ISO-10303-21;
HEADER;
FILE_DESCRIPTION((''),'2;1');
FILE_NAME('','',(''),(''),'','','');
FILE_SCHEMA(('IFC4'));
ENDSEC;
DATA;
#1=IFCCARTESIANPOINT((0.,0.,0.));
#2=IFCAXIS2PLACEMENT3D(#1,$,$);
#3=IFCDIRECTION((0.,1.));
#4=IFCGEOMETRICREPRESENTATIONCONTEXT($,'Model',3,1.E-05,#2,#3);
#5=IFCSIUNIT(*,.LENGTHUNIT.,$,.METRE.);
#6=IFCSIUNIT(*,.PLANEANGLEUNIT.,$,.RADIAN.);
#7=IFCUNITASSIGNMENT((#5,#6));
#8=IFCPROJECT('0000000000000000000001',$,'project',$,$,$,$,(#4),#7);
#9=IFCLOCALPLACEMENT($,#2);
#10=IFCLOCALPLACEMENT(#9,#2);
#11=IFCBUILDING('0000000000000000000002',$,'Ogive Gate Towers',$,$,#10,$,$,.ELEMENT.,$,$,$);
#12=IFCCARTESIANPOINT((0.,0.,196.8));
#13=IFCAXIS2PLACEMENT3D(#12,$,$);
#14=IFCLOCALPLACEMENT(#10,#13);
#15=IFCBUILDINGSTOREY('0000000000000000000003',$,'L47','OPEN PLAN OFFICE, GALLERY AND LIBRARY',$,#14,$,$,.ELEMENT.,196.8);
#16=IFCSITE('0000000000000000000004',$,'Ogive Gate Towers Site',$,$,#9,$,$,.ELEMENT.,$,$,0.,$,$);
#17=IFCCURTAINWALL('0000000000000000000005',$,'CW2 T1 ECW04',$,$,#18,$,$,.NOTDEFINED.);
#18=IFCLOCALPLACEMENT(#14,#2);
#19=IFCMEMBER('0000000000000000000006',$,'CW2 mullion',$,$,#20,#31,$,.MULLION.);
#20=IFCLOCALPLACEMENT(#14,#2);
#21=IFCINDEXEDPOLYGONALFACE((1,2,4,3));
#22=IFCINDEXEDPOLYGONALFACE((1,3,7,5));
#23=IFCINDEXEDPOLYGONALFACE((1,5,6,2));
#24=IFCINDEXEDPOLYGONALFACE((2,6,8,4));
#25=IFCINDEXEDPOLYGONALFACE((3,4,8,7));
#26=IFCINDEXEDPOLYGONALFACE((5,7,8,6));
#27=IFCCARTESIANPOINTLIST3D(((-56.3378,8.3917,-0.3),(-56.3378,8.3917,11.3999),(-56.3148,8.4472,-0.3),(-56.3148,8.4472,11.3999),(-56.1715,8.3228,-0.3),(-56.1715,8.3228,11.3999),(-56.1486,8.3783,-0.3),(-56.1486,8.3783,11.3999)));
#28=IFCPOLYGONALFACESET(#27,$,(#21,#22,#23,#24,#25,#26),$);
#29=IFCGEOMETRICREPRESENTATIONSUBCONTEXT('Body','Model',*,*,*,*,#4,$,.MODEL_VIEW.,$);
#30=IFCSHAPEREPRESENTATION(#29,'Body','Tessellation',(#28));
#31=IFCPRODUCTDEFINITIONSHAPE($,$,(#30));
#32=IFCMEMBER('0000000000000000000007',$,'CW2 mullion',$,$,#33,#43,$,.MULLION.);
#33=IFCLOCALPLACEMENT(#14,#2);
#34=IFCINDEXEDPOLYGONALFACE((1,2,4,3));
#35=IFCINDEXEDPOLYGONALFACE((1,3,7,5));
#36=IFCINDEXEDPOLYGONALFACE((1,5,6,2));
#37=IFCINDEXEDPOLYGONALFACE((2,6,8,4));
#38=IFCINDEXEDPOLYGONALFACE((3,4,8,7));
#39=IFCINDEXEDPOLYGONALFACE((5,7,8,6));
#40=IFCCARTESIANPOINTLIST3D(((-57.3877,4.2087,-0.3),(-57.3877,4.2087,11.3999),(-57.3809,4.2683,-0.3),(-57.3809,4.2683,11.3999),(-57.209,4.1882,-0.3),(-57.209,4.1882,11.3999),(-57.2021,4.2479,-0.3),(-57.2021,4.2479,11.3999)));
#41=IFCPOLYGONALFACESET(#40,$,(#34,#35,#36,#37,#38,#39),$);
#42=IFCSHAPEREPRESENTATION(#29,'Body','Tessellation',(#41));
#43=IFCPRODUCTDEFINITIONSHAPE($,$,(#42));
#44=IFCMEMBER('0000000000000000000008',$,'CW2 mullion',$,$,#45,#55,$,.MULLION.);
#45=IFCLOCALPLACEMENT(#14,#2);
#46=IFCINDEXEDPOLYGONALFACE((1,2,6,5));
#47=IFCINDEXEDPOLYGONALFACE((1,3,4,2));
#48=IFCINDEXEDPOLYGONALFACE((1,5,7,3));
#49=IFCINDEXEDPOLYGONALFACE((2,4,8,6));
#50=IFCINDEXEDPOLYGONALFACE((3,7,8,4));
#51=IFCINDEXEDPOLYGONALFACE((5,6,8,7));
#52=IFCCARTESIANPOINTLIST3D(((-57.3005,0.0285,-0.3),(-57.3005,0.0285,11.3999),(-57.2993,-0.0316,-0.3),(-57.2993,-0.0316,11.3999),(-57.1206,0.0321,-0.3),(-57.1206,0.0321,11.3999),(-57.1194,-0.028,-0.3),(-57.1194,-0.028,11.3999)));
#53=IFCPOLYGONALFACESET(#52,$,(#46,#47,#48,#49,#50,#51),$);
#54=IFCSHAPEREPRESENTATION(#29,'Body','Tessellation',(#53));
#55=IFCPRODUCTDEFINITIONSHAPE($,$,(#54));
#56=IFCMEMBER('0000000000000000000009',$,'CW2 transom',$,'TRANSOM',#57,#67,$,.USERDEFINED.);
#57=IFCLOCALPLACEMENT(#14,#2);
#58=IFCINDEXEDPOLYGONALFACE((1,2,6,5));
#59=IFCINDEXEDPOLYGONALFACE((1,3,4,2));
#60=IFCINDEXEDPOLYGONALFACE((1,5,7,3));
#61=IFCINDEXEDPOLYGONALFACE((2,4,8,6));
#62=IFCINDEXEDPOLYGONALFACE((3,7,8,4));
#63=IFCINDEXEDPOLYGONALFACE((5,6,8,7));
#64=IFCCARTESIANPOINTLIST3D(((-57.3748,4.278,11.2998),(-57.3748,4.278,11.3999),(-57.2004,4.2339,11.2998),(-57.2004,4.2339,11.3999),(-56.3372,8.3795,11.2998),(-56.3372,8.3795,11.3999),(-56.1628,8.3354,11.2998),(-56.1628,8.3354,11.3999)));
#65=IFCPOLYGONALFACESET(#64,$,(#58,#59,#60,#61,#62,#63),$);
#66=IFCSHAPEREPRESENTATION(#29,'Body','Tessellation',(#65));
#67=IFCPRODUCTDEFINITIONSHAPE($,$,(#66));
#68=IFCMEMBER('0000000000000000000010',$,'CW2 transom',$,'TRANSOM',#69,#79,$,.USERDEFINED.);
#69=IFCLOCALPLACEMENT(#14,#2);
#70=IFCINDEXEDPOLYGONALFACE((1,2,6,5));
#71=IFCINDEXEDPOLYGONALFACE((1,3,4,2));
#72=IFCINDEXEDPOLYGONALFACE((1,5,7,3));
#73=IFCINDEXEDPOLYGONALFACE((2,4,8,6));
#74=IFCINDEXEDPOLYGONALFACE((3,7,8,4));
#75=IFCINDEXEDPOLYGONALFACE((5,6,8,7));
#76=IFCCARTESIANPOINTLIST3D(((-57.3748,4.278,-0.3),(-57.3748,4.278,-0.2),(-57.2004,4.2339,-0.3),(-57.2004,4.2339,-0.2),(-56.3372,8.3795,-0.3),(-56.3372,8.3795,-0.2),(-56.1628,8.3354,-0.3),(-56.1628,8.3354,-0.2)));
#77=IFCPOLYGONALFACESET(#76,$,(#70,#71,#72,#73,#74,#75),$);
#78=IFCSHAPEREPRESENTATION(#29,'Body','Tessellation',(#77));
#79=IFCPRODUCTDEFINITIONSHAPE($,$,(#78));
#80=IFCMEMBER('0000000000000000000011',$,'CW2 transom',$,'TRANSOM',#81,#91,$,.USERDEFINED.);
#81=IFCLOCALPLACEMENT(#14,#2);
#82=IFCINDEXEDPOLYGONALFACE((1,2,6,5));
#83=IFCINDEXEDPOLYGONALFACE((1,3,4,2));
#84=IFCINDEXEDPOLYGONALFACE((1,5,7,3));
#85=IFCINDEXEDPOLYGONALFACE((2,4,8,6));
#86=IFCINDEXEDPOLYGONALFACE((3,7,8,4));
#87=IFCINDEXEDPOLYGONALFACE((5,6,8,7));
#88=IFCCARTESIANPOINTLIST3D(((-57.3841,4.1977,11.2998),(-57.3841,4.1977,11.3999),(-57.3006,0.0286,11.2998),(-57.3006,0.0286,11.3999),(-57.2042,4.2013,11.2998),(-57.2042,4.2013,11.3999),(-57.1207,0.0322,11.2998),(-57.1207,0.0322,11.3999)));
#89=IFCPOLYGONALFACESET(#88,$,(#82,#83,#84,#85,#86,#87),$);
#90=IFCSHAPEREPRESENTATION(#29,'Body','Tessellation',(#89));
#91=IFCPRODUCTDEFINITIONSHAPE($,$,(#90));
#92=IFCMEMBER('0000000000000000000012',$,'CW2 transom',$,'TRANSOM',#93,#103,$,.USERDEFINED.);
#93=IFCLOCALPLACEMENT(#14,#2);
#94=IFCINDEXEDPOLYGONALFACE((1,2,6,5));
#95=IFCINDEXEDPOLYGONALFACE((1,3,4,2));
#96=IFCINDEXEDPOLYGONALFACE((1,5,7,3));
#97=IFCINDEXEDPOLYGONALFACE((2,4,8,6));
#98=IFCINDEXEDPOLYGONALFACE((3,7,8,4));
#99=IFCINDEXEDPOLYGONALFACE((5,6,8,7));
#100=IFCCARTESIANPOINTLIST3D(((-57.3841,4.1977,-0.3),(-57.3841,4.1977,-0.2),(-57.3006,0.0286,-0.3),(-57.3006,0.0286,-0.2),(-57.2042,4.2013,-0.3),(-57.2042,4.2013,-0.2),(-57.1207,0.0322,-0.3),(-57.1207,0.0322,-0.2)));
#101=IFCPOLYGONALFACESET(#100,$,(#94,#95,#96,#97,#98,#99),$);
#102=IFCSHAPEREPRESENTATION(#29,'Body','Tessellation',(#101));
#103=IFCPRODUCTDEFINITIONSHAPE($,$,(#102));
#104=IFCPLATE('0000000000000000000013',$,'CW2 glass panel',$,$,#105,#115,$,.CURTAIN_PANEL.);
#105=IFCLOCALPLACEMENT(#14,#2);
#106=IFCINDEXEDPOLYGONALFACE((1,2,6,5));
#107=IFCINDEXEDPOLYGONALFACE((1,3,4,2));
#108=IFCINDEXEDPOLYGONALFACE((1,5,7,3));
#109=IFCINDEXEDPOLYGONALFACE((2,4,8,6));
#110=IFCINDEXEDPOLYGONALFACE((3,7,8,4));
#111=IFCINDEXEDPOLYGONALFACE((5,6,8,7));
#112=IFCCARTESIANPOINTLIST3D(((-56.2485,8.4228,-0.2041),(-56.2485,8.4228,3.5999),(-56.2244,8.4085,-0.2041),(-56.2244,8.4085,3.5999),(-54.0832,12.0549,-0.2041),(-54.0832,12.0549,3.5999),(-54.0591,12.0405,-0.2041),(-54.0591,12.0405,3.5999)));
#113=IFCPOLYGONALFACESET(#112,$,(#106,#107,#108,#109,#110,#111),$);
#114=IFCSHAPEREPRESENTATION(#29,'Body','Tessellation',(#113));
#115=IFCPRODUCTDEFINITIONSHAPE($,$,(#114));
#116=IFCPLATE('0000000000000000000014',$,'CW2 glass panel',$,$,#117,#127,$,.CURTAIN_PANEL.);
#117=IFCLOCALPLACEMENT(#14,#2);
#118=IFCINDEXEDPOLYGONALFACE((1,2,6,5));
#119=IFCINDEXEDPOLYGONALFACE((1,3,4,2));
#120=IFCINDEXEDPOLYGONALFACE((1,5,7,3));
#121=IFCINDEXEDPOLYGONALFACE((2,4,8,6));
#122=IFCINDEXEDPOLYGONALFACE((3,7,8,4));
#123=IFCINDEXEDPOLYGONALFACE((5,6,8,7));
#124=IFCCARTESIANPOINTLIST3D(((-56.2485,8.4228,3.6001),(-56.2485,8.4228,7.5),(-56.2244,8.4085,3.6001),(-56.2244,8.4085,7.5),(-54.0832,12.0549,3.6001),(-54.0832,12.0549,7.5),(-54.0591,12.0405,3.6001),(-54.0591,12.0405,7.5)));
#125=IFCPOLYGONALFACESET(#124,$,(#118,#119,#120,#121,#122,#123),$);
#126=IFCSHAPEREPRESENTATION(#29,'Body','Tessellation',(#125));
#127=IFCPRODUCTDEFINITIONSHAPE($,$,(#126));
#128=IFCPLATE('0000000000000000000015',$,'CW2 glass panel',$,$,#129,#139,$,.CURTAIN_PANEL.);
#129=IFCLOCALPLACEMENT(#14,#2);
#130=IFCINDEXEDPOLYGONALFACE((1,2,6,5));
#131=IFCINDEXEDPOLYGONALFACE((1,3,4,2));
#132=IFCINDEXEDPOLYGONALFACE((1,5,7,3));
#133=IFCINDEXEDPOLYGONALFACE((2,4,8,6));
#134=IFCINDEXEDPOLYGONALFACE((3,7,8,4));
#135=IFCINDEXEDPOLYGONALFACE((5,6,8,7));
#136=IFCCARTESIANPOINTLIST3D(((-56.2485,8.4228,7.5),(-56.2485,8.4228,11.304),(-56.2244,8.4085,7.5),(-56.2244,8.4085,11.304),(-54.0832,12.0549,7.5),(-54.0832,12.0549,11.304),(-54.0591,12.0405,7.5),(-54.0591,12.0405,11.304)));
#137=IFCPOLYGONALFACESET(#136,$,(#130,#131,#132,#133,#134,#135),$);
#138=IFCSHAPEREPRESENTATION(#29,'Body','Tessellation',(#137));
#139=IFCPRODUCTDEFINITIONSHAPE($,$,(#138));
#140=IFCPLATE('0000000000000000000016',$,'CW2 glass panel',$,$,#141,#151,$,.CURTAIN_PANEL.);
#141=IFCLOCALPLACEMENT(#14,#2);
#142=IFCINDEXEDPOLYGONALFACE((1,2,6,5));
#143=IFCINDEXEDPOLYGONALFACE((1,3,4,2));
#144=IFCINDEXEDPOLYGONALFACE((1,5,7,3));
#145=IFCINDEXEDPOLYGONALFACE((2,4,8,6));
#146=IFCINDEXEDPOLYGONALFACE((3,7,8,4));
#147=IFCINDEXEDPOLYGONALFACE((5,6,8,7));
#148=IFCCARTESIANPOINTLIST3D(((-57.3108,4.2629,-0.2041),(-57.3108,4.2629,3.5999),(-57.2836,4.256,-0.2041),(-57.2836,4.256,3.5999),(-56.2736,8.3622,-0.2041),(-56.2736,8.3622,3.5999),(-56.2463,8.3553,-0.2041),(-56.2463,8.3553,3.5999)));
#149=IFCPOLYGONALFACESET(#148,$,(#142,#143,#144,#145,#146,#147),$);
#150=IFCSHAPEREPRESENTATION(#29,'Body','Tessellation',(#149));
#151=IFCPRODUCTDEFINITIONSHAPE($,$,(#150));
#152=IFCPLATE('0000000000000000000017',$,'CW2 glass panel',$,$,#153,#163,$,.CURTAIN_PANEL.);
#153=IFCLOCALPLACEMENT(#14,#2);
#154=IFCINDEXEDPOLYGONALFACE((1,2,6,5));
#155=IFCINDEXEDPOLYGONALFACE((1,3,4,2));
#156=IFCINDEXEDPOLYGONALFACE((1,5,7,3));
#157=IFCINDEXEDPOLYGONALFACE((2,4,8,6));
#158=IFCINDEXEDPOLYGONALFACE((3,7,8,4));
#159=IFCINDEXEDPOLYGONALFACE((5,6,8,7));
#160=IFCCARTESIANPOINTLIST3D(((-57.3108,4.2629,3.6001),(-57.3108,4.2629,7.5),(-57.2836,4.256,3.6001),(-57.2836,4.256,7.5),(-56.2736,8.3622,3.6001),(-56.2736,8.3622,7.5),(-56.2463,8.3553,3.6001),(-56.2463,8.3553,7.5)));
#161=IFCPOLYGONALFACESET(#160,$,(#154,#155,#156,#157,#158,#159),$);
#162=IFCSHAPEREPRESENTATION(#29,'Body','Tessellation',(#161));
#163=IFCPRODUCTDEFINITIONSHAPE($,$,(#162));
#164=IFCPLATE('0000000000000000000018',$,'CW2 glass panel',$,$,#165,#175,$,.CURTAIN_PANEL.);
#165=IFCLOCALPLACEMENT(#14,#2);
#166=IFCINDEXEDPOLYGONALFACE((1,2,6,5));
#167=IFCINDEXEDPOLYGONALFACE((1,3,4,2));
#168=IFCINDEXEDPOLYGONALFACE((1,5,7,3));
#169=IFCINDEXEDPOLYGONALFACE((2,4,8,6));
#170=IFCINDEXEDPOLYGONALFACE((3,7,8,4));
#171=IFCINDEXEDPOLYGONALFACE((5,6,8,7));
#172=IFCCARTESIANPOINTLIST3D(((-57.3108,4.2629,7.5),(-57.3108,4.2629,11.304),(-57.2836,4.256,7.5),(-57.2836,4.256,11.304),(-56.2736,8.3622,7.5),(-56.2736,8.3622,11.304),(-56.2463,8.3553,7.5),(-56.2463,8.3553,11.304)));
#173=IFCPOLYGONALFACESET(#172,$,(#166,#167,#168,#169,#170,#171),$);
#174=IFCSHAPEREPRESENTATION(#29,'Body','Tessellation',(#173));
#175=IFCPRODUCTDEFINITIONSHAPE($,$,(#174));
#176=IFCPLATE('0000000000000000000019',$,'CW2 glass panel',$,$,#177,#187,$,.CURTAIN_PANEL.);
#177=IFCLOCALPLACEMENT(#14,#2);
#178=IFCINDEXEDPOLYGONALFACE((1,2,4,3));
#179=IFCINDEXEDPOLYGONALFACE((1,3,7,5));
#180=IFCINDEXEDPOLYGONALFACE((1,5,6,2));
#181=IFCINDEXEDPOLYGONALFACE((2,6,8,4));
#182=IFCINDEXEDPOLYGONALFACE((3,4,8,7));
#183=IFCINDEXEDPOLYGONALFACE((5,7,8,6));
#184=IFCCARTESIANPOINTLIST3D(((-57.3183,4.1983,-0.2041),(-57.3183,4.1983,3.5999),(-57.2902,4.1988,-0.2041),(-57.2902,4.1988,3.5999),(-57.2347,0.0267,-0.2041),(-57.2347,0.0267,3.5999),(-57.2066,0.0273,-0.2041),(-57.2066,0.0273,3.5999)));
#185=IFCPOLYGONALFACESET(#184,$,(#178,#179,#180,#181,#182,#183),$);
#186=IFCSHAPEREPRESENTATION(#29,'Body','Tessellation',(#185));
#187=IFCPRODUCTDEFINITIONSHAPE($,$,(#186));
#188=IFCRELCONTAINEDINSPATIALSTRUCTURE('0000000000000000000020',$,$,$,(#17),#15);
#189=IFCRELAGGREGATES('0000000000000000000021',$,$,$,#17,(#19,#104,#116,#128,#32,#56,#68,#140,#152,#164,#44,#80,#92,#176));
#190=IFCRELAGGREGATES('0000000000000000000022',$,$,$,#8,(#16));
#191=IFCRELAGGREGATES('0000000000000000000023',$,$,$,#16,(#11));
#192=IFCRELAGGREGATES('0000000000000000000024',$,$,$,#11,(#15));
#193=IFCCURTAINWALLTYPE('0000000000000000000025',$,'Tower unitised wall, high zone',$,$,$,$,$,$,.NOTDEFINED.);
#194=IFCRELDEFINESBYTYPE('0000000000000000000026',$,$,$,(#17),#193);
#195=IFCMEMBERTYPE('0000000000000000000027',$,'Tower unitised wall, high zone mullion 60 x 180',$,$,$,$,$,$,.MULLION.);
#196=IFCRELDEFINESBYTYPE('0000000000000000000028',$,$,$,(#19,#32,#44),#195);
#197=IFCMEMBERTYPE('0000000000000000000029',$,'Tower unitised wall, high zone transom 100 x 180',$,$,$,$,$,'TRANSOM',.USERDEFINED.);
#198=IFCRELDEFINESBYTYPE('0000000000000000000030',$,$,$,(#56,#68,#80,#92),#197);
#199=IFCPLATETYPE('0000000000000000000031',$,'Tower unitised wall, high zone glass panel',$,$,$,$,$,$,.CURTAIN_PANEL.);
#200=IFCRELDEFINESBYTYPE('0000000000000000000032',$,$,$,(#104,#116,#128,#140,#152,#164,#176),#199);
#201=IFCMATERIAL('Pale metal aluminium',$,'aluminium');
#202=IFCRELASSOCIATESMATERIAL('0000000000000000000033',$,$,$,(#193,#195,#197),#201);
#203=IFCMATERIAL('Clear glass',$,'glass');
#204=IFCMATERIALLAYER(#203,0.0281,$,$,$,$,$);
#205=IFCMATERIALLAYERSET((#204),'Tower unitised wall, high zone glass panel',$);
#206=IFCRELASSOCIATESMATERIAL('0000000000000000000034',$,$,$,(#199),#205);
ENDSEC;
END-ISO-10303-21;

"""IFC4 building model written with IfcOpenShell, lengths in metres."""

from ifc_helpers import new_model, si_unit, direction, frame, origin, origin_2d, place, context, subcontext, project, spatial, rectangle, extrude, material, layer, layer_set, material_profile, profile_set, type_object, element, aggregate, save


model = new_model("IFC4")

# Units and contexts
model_context = context("Model", 3, precision=1e-05, world=origin(), true_north=direction((0.0, 1.0)))
body_context = subcontext(model_context, "Body", "Model", "MODEL_VIEW")
ifc_project = project(units=[si_unit("LENGTHUNIT", "METRE"), si_unit("PLANEANGLEUNIT", "RADIAN")], contexts=[model_context])

# Site, building, storey
site_placement = place(None, origin())
site = spatial("IfcSite", under=ifc_project, at=site_placement, Name="Ogive Gate Towers Site", CompositionType="ELEMENT", RefElevation=0.0)
building_placement = place(site_placement, origin())
building = spatial("IfcBuilding", under=site, at=building_placement, Name="Ogive Gate Towers", CompositionType="ELEMENT")
storey_placement = place(building_placement, frame((0.0, 0.0, 196.8)))
storey = spatial("IfcBuildingStorey", under=building, at=storey_placement, Name="L47", Description="OPEN PLAN OFFICE, GALLERY AND LIBRARY", CompositionType="ELEMENT", Elevation=196.8)

# Curtain wall, members, plates
ifc_material_1 = material(Name="Pale metal aluminium", Category="aluminium")
curtain_wall_type = type_object("IfcCurtainWallType", Name="Tower unitised wall, high zone", PredefinedType="NOTDEFINED", material=ifc_material_1)
curtain_wall_placement = place(storey_placement, origin())
curtain_wall = element("IfcCurtainWall", 1, at=curtain_wall_placement, inside=storey, type_object=curtain_wall_type, Name="CW2 T1 ECW04", PredefinedType="NOTDEFINED")
ifc_material_profile_1 = material_profile(ifc_material_1, rectangle(XDim=0.1799, YDim=0.0601, at=origin_2d()), Name="60 x 180 aluminium box")
ifc_profile_set_1 = profile_set([ifc_material_profile_1], Name="Pale metal aluminium")
member_type_1 = type_object("IfcMemberType", Name="Tower unitised wall, high zone mullion 60 x 180", PredefinedType="MULLION", material=ifc_profile_set_1)
member_1_placement = place(storey_placement, frame((-56.2432, 8.385, -0.3), z_axis=(0.0, 0.0, 1.0), x_axis=(-0.92388, 0.382683, 0.0)))
member_1 = element("IfcMember", 2, at=member_1_placement, type_object=member_type_1, Name="CW2 mullion", PredefinedType="MULLION", context=body_context, shape_type="SweptSolid", body=[
    extrude(rectangle(XDim=0.1799, YDim=0.0601, at=origin_2d()), origin(), (0.0, 0.0, 1.0), 11.7),
])
member_2_placement = place(storey_placement, frame((-57.2949, 4.2283, -0.3), z_axis=(0.0, 0.0, 1.0), x_axis=(-0.993522, 0.113637, 0.0)))
member_2 = element("IfcMember", 3, at=member_2_placement, type_object=member_type_1, Name="CW2 mullion", PredefinedType="MULLION", context=body_context, shape_type="SweptSolid", body=[
    extrude(rectangle(XDim=0.1799, YDim=0.0601, at=origin_2d()), origin(), (0.0, 0.0, 1.0), 11.7),
])
member_3_placement = place(storey_placement, frame((-57.21, 0.0002, -0.3), z_axis=(0.0, 0.0, 1.0), x_axis=(-0.999799, -0.020052, 0.0)))
member_3 = element("IfcMember", 4, at=member_3_placement, type_object=member_type_1, Name="CW2 mullion", PredefinedType="MULLION", context=body_context, shape_type="SweptSolid", body=[
    extrude(rectangle(XDim=0.1799, YDim=0.0601, at=origin_2d()), origin(), (0.0, 0.0, 1.0), 11.7),
])
ifc_material_profile_2 = material_profile(ifc_material_1, rectangle(XDim=0.1799, YDim=0.1001, at=origin_2d()), Name="100 x 180 aluminium box")
ifc_profile_set_2 = profile_set([ifc_material_profile_2], Name="Pale metal aluminium")
member_type_2 = type_object("IfcMemberType", Name="Tower unitised wall, high zone transom 100 x 180", ElementType="TRANSOM", PredefinedType="USERDEFINED", material=ifc_profile_set_2)
member_4_placement = place(storey_placement, frame((-56.25, 8.3574, 11.3499), z_axis=(-0.24525, -0.96946, 0.0), x_axis=(0.96946, -0.24525, 0.0)))
member_4 = element("IfcMember", 5, at=member_4_placement, type_object=member_type_2, Name="CW2 transom", ObjectType="TRANSOM", PredefinedType="USERDEFINED", context=body_context, shape_type="SweptSolid", body=[
    extrude(rectangle(XDim=0.1799, YDim=0.1001, at=origin_2d()), origin(), (0.0, 0.0, 1.0), 4.2307),
])
member_5_placement = place(storey_placement, frame((-56.25, 8.3574, -0.25), z_axis=(-0.24525, -0.96946, 0.0), x_axis=(0.96946, -0.24525, 0.0)))
member_5 = element("IfcMember", 6, at=member_5_placement, type_object=member_type_2, Name="CW2 transom", ObjectType="TRANSOM", PredefinedType="USERDEFINED", context=body_context, shape_type="SweptSolid", body=[
    extrude(rectangle(XDim=0.1799, YDim=0.1001, at=origin_2d()), origin(), (0.0, 0.0, 1.0), 4.2307),
])
member_6_placement = place(storey_placement, frame((-57.2942, 4.1995, 11.3499), z_axis=(0.020023, -0.9998, 0.0), x_axis=(0.9998, 0.020023, 0.0)))
member_6 = element("IfcMember", 7, at=member_6_placement, type_object=member_type_2, Name="CW2 transom", ObjectType="TRANSOM", PredefinedType="USERDEFINED", context=body_context, shape_type="SweptSolid", body=[
    extrude(rectangle(XDim=0.1799, YDim=0.1001, at=origin_2d()), origin(), (0.0, 0.0, 1.0), 4.1699),
])
member_7_placement = place(storey_placement, frame((-57.2942, 4.1995, -0.25), z_axis=(0.020023, -0.9998, 0.0), x_axis=(0.9998, 0.020023, 0.0)))
member_7 = element("IfcMember", 8, at=member_7_placement, type_object=member_type_2, Name="CW2 transom", ObjectType="TRANSOM", PredefinedType="USERDEFINED", context=body_context, shape_type="SweptSolid", body=[
    extrude(rectangle(XDim=0.1799, YDim=0.1001, at=origin_2d()), origin(), (0.0, 0.0, 1.0), 4.1699),
])
ifc_material_2 = material(Name="Clear glass", Category="glass")
ifc_layer = layer(ifc_material_2, 0.0281)
ifc_layer_set = layer_set([ifc_layer], Name="Tower unitised wall, high zone glass panel")
plate_type = type_object("IfcPlateType", Name="Tower unitised wall, high zone glass panel", PredefinedType="CURTAIN_PANEL", material=ifc_layer_set)
plate_1_placement = place(storey_placement, frame((-55.1538, 10.2317, -0.2041), z_axis=(0.0, 0.0, 1.0), x_axis=(-0.512058, -0.858951, 0.0)))
plate_1 = element("IfcPlate", 9, at=plate_1_placement, type_object=plate_type, Name="CW2 glass panel", PredefinedType="CURTAIN_PANEL", context=body_context, shape_type="SweptSolid", body=[
    extrude(rectangle(XDim=4.2285, YDim=0.0281, at=origin_2d()), origin(), (0.0, 0.0, 1.0), 3.804),
])
plate_2_placement = place(storey_placement, frame((-55.1538, 10.2317, 3.6001), z_axis=(0.0, 0.0, 1.0), x_axis=(-0.512058, -0.858951, 0.0)))
plate_2 = element("IfcPlate", 10, at=plate_2_placement, type_object=plate_type, Name="CW2 glass panel", PredefinedType="CURTAIN_PANEL", context=body_context, shape_type="SweptSolid", body=[
    extrude(rectangle(XDim=4.2285, YDim=0.0281, at=origin_2d()), origin(), (0.0, 0.0, 1.0), 3.8999),
])
plate_3_placement = place(storey_placement, frame((-55.1538, 10.2317, 7.5), z_axis=(0.0, 0.0, 1.0), x_axis=(-0.512058, -0.858951, 0.0)))
plate_3 = element("IfcPlate", 11, at=plate_3_placement, type_object=plate_type, Name="CW2 glass panel", PredefinedType="CURTAIN_PANEL", context=body_context, shape_type="SweptSolid", body=[
    extrude(rectangle(XDim=4.2285, YDim=0.0281, at=origin_2d()), origin(), (0.0, 0.0, 1.0), 3.804),
])
plate_4_placement = place(storey_placement, frame((-56.7786, 6.3091, -0.2041), z_axis=(0.0, 0.0, 1.0), x_axis=(-0.24529, -0.96945, 0.0)))
plate_4 = element("IfcPlate", 12, at=plate_4_placement, type_object=plate_type, Name="CW2 glass panel", PredefinedType="CURTAIN_PANEL", context=body_context, shape_type="SweptSolid", body=[
    extrude(rectangle(XDim=4.2285, YDim=0.0281, at=origin_2d()), origin(), (0.0, 0.0, 1.0), 3.804),
])
plate_5_placement = place(storey_placement, frame((-56.7786, 6.3091, 3.6001), z_axis=(0.0, 0.0, 1.0), x_axis=(-0.24529, -0.96945, 0.0)))
plate_5 = element("IfcPlate", 13, at=plate_5_placement, type_object=plate_type, Name="CW2 glass panel", PredefinedType="CURTAIN_PANEL", context=body_context, shape_type="SweptSolid", body=[
    extrude(rectangle(XDim=4.2285, YDim=0.0281, at=origin_2d()), origin(), (0.0, 0.0, 1.0), 3.8999),
])
plate_6_placement = place(storey_placement, frame((-56.7786, 6.3091, 7.5), z_axis=(0.0, 0.0, 1.0), x_axis=(-0.24529, -0.96945, 0.0)))
plate_6 = element("IfcPlate", 14, at=plate_6_placement, type_object=plate_type, Name="CW2 glass panel", PredefinedType="CURTAIN_PANEL", context=body_context, shape_type="SweptSolid", body=[
    extrude(rectangle(XDim=4.2285, YDim=0.0281, at=origin_2d()), origin(), (0.0, 0.0, 1.0), 3.804),
])
plate_7_placement = place(storey_placement, frame((-57.2625, 2.1128, -0.2041), z_axis=(0.0, 0.0, 1.0), x_axis=(0.020052, -0.999799, 0.0)))
plate_7 = element("IfcPlate", 15, at=plate_7_placement, type_object=plate_type, Name="CW2 glass panel", PredefinedType="CURTAIN_PANEL", context=body_context, shape_type="SweptSolid", body=[
    extrude(rectangle(XDim=4.1724, YDim=0.0281, at=origin_2d()), origin(), (0.0, 0.0, 1.0), 3.804),
])
aggregate(curtain_wall, [member_1, plate_1, plate_2, plate_3, member_2, member_4, member_5, plate_4, plate_5, plate_6, member_3, member_6, member_7, plate_7])

save(model, "model.ifc")
